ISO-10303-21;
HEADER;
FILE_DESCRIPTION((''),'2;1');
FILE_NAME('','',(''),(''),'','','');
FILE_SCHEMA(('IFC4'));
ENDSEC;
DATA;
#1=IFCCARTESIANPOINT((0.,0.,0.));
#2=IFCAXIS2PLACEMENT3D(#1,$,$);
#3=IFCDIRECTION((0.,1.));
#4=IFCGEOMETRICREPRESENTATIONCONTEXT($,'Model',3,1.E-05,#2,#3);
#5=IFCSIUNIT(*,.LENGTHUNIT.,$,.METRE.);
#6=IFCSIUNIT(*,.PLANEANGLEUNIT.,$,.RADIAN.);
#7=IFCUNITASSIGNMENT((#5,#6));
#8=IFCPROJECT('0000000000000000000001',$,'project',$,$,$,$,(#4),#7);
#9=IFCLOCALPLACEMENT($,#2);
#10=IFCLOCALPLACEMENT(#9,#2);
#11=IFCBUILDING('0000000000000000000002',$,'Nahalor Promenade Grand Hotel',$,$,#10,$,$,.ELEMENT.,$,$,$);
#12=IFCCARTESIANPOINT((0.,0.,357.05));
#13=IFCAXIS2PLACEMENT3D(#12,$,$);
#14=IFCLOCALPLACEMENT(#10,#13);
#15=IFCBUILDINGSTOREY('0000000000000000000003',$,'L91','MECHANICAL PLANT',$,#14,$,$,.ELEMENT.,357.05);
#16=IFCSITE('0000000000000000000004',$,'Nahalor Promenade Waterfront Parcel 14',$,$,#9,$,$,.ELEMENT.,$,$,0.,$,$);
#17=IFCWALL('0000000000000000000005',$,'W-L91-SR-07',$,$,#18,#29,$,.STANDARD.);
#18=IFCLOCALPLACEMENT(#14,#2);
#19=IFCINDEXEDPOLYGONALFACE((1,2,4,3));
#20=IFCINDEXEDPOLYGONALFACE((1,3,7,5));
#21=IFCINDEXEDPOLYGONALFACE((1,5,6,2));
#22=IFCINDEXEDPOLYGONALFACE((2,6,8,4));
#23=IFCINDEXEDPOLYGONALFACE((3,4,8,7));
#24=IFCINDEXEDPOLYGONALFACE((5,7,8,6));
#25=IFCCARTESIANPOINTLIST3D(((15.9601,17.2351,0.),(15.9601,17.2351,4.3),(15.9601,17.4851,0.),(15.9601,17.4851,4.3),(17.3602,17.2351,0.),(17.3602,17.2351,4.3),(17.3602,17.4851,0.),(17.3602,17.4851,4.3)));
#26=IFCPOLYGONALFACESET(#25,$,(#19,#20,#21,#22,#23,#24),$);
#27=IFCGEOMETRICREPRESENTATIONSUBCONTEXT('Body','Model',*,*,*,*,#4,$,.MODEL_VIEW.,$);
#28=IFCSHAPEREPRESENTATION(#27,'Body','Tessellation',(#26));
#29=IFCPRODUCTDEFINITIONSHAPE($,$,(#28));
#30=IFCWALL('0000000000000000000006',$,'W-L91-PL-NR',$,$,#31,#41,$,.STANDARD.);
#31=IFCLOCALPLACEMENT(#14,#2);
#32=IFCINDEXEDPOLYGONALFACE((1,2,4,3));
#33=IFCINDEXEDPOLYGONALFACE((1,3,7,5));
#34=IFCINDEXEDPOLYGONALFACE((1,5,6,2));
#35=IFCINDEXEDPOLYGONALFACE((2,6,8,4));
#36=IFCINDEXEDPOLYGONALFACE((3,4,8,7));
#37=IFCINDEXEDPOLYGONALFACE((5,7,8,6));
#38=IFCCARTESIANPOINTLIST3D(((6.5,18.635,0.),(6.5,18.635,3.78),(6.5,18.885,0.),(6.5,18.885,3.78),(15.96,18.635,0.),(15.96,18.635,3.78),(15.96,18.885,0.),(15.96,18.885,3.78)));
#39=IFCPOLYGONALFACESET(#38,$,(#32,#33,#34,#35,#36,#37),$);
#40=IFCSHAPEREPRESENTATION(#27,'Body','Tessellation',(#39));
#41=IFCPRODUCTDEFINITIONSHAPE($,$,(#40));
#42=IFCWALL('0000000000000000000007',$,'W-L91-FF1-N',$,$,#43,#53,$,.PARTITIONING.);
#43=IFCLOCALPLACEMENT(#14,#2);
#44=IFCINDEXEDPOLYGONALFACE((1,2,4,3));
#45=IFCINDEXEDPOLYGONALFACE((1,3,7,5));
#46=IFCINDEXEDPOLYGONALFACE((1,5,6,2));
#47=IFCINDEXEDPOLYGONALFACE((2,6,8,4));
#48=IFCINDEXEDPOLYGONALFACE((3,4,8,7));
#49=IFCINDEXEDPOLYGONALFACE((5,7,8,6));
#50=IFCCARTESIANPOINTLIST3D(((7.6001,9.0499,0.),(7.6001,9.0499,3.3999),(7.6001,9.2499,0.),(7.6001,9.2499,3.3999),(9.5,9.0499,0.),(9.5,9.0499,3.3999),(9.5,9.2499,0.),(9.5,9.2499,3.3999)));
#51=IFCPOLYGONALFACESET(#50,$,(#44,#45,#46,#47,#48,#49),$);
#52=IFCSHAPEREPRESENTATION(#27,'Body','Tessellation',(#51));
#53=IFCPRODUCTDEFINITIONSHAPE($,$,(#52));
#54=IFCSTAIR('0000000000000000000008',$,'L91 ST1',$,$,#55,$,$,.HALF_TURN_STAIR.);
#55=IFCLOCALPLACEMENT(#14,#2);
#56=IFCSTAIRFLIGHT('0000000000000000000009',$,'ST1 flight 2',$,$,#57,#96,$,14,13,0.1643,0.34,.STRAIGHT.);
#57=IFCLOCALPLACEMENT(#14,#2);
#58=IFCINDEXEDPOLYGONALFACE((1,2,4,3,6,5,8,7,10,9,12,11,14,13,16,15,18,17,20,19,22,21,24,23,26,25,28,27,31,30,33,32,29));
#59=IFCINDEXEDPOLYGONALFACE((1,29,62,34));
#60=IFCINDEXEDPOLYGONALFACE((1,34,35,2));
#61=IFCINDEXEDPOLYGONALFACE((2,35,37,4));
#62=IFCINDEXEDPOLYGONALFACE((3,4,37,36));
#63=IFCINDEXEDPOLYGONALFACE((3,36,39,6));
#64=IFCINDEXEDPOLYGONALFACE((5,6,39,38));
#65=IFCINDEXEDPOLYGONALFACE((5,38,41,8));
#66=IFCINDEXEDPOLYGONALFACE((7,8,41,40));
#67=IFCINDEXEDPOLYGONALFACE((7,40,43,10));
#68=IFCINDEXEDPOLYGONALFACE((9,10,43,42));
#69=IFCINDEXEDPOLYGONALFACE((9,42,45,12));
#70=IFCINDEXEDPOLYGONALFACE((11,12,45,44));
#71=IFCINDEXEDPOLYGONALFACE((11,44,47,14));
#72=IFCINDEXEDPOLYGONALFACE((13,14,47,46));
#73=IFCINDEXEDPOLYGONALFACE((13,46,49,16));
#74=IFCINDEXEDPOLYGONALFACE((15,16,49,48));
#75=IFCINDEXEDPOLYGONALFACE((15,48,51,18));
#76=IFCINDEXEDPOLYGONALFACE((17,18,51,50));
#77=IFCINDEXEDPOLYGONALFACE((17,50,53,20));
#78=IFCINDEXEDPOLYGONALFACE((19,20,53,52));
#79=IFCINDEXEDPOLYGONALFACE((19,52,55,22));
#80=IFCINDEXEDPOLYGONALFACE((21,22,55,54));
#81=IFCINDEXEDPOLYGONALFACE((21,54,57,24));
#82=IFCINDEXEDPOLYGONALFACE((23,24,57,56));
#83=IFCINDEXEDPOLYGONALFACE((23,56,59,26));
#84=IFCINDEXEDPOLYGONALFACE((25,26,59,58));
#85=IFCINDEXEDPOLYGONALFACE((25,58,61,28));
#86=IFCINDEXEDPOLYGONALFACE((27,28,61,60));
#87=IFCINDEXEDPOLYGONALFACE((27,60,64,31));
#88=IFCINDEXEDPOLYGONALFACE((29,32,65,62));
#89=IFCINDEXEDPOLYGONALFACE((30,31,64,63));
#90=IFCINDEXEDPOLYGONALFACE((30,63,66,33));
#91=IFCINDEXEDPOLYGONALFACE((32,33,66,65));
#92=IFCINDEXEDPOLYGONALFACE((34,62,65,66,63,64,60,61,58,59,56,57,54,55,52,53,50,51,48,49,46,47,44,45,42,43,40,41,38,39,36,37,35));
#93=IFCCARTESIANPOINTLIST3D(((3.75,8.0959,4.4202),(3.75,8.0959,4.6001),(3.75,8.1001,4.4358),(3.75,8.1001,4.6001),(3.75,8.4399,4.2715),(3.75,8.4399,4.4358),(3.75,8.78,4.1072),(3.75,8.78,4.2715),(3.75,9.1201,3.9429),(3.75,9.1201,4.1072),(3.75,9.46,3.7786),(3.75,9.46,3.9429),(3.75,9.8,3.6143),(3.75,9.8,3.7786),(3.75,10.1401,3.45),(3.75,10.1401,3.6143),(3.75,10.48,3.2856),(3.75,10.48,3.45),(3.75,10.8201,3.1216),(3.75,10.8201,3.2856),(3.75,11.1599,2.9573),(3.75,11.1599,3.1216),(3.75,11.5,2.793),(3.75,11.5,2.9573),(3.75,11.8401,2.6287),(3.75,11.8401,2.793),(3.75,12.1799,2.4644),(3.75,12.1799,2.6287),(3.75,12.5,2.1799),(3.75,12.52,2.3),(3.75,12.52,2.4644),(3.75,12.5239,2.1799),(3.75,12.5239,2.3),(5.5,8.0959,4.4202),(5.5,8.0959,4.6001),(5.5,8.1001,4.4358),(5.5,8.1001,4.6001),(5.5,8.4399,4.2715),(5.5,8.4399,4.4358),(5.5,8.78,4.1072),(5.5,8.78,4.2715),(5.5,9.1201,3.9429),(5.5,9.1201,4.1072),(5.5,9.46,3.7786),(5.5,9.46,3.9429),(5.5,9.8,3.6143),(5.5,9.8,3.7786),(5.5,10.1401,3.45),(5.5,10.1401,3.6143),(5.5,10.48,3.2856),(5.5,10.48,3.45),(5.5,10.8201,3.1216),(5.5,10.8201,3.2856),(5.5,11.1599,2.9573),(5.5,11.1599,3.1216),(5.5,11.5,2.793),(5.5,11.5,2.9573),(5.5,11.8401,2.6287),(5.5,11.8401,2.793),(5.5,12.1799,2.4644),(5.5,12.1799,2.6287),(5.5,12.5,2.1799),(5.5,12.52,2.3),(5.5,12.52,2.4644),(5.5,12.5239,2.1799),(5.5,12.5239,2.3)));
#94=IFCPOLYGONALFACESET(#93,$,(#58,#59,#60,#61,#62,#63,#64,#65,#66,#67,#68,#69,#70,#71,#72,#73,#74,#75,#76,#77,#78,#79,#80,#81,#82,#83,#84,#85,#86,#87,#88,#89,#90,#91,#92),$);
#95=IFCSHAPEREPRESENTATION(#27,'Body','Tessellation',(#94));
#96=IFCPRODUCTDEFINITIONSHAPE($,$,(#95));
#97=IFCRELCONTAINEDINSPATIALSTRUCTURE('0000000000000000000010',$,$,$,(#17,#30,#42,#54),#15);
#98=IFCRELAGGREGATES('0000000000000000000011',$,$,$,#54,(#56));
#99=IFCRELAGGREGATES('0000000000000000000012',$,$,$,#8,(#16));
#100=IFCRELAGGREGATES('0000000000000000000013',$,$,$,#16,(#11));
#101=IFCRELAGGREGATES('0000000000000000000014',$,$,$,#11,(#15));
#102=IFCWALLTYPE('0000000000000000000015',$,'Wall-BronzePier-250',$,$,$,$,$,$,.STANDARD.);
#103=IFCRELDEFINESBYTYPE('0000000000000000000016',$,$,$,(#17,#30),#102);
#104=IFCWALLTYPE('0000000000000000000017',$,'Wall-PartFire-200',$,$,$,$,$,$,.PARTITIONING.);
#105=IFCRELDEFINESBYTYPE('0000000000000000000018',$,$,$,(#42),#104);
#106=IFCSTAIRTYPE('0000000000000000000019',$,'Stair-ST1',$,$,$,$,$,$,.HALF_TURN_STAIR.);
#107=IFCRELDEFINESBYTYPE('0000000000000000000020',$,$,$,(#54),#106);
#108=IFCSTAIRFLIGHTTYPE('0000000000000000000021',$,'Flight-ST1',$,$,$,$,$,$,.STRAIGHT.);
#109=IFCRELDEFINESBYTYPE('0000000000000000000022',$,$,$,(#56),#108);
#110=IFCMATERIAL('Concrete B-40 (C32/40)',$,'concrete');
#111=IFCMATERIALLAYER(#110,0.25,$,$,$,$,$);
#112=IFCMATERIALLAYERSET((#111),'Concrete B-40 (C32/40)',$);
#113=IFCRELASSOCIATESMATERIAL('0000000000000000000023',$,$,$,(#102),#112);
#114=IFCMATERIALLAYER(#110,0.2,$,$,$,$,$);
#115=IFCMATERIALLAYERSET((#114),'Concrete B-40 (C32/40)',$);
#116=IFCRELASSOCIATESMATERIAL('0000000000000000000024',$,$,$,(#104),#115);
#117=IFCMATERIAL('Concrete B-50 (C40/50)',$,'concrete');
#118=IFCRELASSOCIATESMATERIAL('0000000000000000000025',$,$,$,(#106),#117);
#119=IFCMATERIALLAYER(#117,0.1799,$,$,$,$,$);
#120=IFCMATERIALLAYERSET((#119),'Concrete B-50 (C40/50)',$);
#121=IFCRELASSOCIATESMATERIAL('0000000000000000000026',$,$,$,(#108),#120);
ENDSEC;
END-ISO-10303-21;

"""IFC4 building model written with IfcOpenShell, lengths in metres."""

from ifc_helpers import new_model, si_unit, direction, frame, frame_2d, origin, place, context, subcontext, project, spatial, polyline, rectangle, outline, extrude, source, transform, mapped, material, layer, layer_set, type_object, element, aggregate, save


model = new_model("IFC4")

# Units and contexts
model_context = context("Model", 3, precision=1e-05, world=origin(), true_north=direction((0.0, 1.0)))
body_context = subcontext(model_context, "Body", "Model", "MODEL_VIEW")
ifc_project = project(units=[si_unit("LENGTHUNIT", "METRE"), si_unit("PLANEANGLEUNIT", "RADIAN")], contexts=[model_context])

# Site, building, storey
site_placement = place(None, origin())
site = spatial("IfcSite", under=ifc_project, at=site_placement, Name="Nahalor Promenade Waterfront Parcel 14", CompositionType="ELEMENT", RefElevation=0.0)
building_placement = place(site_placement, origin())
building = spatial("IfcBuilding", under=site, at=building_placement, Name="Nahalor Promenade Grand Hotel", CompositionType="ELEMENT")
storey_placement = place(building_placement, frame((0.0, 0.0, 357.05)))
storey = spatial("IfcBuildingStorey", under=building, at=storey_placement, Name="L91", Description="MECHANICAL PLANT", CompositionType="ELEMENT", Elevation=357.05)

# Shared definitions
ifc_material_1 = material(Name="Concrete B-50 (C40/50)", Category="concrete")

# Walls
ifc_material_2 = material(Name="Concrete B-40 (C32/40)", Category="concrete")
ifc_layer_1 = layer(ifc_material_2, 0.25)
ifc_layer_set_1 = layer_set([ifc_layer_1], Name="Concrete B-40 (C32/40)")
wall_type_1 = type_object("IfcWallType", Name="Wall-BronzePier-250", PredefinedType="STANDARD", material=ifc_layer_set_1)
shared_shape_1 = source(origin(), body_context, "Body", "SweptSolid", [
    extrude(rectangle(XDim=1.4001, YDim=0.25, at=frame_2d((0.7002, 0.0))), origin(), (0.0, 0.0, 1.0), 4.3),
])
for number, where, z_axis, x_axis, name in (
    (1, (15.96, 17.3601, 0.0), (0.0, 0.0, 1.0), (1.0, 0.0, 0.0), "W-L91-SR-07"),
):
    element("IfcWall", number, at=place(storey_placement, frame(where, z_axis=z_axis, x_axis=x_axis)), inside=storey, type_object=wall_type_1, Name=name, PredefinedType="STANDARD", context=body_context, shape_type="MappedRepresentation", body=[
        mapped(shared_shape_1, transform((0.0, 0.0, 0.0), scale=1.0)),
    ])
shared_shape_2 = source(origin(), body_context, "Body", "SweptSolid", [
    extrude(rectangle(XDim=9.46, YDim=0.25, at=frame_2d((4.73, 0.0))), origin(), (0.0, 0.0, 1.0), 3.78),
])
wall_1_placement = place(storey_placement, frame((6.5, 18.76, 0.0), z_axis=(0.0, 0.0, 1.0), x_axis=(1.0, 0.0, 0.0)))
element("IfcWall", 2, at=wall_1_placement, inside=storey, type_object=wall_type_1, Name="W-L91-PL-NR", PredefinedType="STANDARD", context=body_context, shape_type="MappedRepresentation", body=[
    mapped(shared_shape_2, transform((0.0, 0.0, 0.0), scale=1.0)),
])
ifc_layer_2 = layer(ifc_material_2, 0.2)
ifc_layer_set_2 = layer_set([ifc_layer_2], Name="Concrete B-40 (C32/40)")
wall_type_2 = type_object("IfcWallType", Name="Wall-PartFire-200", PredefinedType="PARTITIONING", material=ifc_layer_set_2)
shared_shape_3 = source(origin(), body_context, "Body", "SweptSolid", [
    extrude(rectangle(XDim=1.8999, YDim=0.2, at=frame_2d((0.95, 0.0))), origin(), (0.0, 0.0, 1.0), 3.3999),
])
wall_2_placement = place(storey_placement, frame((7.6001, 9.1499, 0.0), z_axis=(0.0, 0.0, 1.0), x_axis=(1.0, 0.0, 0.0)))
element("IfcWall", 3, at=wall_2_placement, inside=storey, type_object=wall_type_2, Name="W-L91-FF1-N", PredefinedType="PARTITIONING", context=body_context, shape_type="MappedRepresentation", body=[
    mapped(shared_shape_3, transform((0.0, 0.0, 0.0), scale=1.0)),
])

# Stair, stair flight
stair_type = type_object("IfcStairType", Name="Stair-ST1", PredefinedType="HALF_TURN_STAIR", material=ifc_material_1)
stair_placement = place(storey_placement, origin())
stair = element("IfcStair", 4, at=stair_placement, inside=storey, type_object=stair_type, Name="L91 ST1", PredefinedType="HALF_TURN_STAIR")
ifc_layer_3 = layer(ifc_material_1, 0.1799)
ifc_layer_set_3 = layer_set([ifc_layer_3], Name="Concrete B-50 (C40/50)")
stair_flight_type = type_object("IfcStairFlightType", Name="Flight-ST1", PredefinedType="STRAIGHT", material=ifc_layer_set_3)
shared_shape_4 = source(origin(), body_context, "Body", "SweptSolid", [
    extrude(outline(polyline([(-0.0039, -0.1201), (-0.0039, 0.0), (0.0, 0.0), (0.0, 0.1643), (0.3401, 0.1643), (0.3401, 0.3286), (0.6799, 0.3286), (0.6799, 0.4929), (1.02, 0.4929), (1.02, 0.6572), (1.3601, 0.6572), (1.3601, 0.8215), (1.7, 0.8215), (1.7, 0.9856), (2.04, 0.9856), (2.04, 1.1499), (2.3799, 1.1499), (2.3799, 1.3142), (2.72, 1.3142), (2.72, 1.4785), (3.0601, 1.4785), (3.0601, 1.6428), (3.3999, 1.6428), (3.3999, 1.8071), (3.74, 1.8071), (3.74, 1.9714), (4.0801, 1.9714), (4.0801, 2.1357), (4.4199, 2.1357), (4.4199, 2.3), (4.4241, 2.3), (4.4241, 2.1201), (0.02, -0.1201), (-0.0039, -0.1201)])), frame((0.0, 0.875, 0.0), z_axis=(0.0, -1.0, 0.0), x_axis=(1.0, 0.0, 0.0)), (0.0, 0.0, 1.0), 1.75),
])
stair_flight_placement = place(storey_placement, frame((4.625, 12.52, 2.3), z_axis=(0.0, 0.0, 1.0), x_axis=(0.0, -1.0, 0.0)))
stair_flight = element("IfcStairFlight", 5, at=stair_flight_placement, type_object=stair_flight_type, Name="ST1 flight 2", NumberOfRisers=14, NumberOfTreads=13, PredefinedType="STRAIGHT", RiserHeight=0.1643, TreadLength=0.34, context=body_context, shape_type="MappedRepresentation", body=[
    mapped(shared_shape_4, transform((0.0, 0.0, 0.0), scale=1.0)),
])
aggregate(stair, [stair_flight])

save(model, "model.ifc")
